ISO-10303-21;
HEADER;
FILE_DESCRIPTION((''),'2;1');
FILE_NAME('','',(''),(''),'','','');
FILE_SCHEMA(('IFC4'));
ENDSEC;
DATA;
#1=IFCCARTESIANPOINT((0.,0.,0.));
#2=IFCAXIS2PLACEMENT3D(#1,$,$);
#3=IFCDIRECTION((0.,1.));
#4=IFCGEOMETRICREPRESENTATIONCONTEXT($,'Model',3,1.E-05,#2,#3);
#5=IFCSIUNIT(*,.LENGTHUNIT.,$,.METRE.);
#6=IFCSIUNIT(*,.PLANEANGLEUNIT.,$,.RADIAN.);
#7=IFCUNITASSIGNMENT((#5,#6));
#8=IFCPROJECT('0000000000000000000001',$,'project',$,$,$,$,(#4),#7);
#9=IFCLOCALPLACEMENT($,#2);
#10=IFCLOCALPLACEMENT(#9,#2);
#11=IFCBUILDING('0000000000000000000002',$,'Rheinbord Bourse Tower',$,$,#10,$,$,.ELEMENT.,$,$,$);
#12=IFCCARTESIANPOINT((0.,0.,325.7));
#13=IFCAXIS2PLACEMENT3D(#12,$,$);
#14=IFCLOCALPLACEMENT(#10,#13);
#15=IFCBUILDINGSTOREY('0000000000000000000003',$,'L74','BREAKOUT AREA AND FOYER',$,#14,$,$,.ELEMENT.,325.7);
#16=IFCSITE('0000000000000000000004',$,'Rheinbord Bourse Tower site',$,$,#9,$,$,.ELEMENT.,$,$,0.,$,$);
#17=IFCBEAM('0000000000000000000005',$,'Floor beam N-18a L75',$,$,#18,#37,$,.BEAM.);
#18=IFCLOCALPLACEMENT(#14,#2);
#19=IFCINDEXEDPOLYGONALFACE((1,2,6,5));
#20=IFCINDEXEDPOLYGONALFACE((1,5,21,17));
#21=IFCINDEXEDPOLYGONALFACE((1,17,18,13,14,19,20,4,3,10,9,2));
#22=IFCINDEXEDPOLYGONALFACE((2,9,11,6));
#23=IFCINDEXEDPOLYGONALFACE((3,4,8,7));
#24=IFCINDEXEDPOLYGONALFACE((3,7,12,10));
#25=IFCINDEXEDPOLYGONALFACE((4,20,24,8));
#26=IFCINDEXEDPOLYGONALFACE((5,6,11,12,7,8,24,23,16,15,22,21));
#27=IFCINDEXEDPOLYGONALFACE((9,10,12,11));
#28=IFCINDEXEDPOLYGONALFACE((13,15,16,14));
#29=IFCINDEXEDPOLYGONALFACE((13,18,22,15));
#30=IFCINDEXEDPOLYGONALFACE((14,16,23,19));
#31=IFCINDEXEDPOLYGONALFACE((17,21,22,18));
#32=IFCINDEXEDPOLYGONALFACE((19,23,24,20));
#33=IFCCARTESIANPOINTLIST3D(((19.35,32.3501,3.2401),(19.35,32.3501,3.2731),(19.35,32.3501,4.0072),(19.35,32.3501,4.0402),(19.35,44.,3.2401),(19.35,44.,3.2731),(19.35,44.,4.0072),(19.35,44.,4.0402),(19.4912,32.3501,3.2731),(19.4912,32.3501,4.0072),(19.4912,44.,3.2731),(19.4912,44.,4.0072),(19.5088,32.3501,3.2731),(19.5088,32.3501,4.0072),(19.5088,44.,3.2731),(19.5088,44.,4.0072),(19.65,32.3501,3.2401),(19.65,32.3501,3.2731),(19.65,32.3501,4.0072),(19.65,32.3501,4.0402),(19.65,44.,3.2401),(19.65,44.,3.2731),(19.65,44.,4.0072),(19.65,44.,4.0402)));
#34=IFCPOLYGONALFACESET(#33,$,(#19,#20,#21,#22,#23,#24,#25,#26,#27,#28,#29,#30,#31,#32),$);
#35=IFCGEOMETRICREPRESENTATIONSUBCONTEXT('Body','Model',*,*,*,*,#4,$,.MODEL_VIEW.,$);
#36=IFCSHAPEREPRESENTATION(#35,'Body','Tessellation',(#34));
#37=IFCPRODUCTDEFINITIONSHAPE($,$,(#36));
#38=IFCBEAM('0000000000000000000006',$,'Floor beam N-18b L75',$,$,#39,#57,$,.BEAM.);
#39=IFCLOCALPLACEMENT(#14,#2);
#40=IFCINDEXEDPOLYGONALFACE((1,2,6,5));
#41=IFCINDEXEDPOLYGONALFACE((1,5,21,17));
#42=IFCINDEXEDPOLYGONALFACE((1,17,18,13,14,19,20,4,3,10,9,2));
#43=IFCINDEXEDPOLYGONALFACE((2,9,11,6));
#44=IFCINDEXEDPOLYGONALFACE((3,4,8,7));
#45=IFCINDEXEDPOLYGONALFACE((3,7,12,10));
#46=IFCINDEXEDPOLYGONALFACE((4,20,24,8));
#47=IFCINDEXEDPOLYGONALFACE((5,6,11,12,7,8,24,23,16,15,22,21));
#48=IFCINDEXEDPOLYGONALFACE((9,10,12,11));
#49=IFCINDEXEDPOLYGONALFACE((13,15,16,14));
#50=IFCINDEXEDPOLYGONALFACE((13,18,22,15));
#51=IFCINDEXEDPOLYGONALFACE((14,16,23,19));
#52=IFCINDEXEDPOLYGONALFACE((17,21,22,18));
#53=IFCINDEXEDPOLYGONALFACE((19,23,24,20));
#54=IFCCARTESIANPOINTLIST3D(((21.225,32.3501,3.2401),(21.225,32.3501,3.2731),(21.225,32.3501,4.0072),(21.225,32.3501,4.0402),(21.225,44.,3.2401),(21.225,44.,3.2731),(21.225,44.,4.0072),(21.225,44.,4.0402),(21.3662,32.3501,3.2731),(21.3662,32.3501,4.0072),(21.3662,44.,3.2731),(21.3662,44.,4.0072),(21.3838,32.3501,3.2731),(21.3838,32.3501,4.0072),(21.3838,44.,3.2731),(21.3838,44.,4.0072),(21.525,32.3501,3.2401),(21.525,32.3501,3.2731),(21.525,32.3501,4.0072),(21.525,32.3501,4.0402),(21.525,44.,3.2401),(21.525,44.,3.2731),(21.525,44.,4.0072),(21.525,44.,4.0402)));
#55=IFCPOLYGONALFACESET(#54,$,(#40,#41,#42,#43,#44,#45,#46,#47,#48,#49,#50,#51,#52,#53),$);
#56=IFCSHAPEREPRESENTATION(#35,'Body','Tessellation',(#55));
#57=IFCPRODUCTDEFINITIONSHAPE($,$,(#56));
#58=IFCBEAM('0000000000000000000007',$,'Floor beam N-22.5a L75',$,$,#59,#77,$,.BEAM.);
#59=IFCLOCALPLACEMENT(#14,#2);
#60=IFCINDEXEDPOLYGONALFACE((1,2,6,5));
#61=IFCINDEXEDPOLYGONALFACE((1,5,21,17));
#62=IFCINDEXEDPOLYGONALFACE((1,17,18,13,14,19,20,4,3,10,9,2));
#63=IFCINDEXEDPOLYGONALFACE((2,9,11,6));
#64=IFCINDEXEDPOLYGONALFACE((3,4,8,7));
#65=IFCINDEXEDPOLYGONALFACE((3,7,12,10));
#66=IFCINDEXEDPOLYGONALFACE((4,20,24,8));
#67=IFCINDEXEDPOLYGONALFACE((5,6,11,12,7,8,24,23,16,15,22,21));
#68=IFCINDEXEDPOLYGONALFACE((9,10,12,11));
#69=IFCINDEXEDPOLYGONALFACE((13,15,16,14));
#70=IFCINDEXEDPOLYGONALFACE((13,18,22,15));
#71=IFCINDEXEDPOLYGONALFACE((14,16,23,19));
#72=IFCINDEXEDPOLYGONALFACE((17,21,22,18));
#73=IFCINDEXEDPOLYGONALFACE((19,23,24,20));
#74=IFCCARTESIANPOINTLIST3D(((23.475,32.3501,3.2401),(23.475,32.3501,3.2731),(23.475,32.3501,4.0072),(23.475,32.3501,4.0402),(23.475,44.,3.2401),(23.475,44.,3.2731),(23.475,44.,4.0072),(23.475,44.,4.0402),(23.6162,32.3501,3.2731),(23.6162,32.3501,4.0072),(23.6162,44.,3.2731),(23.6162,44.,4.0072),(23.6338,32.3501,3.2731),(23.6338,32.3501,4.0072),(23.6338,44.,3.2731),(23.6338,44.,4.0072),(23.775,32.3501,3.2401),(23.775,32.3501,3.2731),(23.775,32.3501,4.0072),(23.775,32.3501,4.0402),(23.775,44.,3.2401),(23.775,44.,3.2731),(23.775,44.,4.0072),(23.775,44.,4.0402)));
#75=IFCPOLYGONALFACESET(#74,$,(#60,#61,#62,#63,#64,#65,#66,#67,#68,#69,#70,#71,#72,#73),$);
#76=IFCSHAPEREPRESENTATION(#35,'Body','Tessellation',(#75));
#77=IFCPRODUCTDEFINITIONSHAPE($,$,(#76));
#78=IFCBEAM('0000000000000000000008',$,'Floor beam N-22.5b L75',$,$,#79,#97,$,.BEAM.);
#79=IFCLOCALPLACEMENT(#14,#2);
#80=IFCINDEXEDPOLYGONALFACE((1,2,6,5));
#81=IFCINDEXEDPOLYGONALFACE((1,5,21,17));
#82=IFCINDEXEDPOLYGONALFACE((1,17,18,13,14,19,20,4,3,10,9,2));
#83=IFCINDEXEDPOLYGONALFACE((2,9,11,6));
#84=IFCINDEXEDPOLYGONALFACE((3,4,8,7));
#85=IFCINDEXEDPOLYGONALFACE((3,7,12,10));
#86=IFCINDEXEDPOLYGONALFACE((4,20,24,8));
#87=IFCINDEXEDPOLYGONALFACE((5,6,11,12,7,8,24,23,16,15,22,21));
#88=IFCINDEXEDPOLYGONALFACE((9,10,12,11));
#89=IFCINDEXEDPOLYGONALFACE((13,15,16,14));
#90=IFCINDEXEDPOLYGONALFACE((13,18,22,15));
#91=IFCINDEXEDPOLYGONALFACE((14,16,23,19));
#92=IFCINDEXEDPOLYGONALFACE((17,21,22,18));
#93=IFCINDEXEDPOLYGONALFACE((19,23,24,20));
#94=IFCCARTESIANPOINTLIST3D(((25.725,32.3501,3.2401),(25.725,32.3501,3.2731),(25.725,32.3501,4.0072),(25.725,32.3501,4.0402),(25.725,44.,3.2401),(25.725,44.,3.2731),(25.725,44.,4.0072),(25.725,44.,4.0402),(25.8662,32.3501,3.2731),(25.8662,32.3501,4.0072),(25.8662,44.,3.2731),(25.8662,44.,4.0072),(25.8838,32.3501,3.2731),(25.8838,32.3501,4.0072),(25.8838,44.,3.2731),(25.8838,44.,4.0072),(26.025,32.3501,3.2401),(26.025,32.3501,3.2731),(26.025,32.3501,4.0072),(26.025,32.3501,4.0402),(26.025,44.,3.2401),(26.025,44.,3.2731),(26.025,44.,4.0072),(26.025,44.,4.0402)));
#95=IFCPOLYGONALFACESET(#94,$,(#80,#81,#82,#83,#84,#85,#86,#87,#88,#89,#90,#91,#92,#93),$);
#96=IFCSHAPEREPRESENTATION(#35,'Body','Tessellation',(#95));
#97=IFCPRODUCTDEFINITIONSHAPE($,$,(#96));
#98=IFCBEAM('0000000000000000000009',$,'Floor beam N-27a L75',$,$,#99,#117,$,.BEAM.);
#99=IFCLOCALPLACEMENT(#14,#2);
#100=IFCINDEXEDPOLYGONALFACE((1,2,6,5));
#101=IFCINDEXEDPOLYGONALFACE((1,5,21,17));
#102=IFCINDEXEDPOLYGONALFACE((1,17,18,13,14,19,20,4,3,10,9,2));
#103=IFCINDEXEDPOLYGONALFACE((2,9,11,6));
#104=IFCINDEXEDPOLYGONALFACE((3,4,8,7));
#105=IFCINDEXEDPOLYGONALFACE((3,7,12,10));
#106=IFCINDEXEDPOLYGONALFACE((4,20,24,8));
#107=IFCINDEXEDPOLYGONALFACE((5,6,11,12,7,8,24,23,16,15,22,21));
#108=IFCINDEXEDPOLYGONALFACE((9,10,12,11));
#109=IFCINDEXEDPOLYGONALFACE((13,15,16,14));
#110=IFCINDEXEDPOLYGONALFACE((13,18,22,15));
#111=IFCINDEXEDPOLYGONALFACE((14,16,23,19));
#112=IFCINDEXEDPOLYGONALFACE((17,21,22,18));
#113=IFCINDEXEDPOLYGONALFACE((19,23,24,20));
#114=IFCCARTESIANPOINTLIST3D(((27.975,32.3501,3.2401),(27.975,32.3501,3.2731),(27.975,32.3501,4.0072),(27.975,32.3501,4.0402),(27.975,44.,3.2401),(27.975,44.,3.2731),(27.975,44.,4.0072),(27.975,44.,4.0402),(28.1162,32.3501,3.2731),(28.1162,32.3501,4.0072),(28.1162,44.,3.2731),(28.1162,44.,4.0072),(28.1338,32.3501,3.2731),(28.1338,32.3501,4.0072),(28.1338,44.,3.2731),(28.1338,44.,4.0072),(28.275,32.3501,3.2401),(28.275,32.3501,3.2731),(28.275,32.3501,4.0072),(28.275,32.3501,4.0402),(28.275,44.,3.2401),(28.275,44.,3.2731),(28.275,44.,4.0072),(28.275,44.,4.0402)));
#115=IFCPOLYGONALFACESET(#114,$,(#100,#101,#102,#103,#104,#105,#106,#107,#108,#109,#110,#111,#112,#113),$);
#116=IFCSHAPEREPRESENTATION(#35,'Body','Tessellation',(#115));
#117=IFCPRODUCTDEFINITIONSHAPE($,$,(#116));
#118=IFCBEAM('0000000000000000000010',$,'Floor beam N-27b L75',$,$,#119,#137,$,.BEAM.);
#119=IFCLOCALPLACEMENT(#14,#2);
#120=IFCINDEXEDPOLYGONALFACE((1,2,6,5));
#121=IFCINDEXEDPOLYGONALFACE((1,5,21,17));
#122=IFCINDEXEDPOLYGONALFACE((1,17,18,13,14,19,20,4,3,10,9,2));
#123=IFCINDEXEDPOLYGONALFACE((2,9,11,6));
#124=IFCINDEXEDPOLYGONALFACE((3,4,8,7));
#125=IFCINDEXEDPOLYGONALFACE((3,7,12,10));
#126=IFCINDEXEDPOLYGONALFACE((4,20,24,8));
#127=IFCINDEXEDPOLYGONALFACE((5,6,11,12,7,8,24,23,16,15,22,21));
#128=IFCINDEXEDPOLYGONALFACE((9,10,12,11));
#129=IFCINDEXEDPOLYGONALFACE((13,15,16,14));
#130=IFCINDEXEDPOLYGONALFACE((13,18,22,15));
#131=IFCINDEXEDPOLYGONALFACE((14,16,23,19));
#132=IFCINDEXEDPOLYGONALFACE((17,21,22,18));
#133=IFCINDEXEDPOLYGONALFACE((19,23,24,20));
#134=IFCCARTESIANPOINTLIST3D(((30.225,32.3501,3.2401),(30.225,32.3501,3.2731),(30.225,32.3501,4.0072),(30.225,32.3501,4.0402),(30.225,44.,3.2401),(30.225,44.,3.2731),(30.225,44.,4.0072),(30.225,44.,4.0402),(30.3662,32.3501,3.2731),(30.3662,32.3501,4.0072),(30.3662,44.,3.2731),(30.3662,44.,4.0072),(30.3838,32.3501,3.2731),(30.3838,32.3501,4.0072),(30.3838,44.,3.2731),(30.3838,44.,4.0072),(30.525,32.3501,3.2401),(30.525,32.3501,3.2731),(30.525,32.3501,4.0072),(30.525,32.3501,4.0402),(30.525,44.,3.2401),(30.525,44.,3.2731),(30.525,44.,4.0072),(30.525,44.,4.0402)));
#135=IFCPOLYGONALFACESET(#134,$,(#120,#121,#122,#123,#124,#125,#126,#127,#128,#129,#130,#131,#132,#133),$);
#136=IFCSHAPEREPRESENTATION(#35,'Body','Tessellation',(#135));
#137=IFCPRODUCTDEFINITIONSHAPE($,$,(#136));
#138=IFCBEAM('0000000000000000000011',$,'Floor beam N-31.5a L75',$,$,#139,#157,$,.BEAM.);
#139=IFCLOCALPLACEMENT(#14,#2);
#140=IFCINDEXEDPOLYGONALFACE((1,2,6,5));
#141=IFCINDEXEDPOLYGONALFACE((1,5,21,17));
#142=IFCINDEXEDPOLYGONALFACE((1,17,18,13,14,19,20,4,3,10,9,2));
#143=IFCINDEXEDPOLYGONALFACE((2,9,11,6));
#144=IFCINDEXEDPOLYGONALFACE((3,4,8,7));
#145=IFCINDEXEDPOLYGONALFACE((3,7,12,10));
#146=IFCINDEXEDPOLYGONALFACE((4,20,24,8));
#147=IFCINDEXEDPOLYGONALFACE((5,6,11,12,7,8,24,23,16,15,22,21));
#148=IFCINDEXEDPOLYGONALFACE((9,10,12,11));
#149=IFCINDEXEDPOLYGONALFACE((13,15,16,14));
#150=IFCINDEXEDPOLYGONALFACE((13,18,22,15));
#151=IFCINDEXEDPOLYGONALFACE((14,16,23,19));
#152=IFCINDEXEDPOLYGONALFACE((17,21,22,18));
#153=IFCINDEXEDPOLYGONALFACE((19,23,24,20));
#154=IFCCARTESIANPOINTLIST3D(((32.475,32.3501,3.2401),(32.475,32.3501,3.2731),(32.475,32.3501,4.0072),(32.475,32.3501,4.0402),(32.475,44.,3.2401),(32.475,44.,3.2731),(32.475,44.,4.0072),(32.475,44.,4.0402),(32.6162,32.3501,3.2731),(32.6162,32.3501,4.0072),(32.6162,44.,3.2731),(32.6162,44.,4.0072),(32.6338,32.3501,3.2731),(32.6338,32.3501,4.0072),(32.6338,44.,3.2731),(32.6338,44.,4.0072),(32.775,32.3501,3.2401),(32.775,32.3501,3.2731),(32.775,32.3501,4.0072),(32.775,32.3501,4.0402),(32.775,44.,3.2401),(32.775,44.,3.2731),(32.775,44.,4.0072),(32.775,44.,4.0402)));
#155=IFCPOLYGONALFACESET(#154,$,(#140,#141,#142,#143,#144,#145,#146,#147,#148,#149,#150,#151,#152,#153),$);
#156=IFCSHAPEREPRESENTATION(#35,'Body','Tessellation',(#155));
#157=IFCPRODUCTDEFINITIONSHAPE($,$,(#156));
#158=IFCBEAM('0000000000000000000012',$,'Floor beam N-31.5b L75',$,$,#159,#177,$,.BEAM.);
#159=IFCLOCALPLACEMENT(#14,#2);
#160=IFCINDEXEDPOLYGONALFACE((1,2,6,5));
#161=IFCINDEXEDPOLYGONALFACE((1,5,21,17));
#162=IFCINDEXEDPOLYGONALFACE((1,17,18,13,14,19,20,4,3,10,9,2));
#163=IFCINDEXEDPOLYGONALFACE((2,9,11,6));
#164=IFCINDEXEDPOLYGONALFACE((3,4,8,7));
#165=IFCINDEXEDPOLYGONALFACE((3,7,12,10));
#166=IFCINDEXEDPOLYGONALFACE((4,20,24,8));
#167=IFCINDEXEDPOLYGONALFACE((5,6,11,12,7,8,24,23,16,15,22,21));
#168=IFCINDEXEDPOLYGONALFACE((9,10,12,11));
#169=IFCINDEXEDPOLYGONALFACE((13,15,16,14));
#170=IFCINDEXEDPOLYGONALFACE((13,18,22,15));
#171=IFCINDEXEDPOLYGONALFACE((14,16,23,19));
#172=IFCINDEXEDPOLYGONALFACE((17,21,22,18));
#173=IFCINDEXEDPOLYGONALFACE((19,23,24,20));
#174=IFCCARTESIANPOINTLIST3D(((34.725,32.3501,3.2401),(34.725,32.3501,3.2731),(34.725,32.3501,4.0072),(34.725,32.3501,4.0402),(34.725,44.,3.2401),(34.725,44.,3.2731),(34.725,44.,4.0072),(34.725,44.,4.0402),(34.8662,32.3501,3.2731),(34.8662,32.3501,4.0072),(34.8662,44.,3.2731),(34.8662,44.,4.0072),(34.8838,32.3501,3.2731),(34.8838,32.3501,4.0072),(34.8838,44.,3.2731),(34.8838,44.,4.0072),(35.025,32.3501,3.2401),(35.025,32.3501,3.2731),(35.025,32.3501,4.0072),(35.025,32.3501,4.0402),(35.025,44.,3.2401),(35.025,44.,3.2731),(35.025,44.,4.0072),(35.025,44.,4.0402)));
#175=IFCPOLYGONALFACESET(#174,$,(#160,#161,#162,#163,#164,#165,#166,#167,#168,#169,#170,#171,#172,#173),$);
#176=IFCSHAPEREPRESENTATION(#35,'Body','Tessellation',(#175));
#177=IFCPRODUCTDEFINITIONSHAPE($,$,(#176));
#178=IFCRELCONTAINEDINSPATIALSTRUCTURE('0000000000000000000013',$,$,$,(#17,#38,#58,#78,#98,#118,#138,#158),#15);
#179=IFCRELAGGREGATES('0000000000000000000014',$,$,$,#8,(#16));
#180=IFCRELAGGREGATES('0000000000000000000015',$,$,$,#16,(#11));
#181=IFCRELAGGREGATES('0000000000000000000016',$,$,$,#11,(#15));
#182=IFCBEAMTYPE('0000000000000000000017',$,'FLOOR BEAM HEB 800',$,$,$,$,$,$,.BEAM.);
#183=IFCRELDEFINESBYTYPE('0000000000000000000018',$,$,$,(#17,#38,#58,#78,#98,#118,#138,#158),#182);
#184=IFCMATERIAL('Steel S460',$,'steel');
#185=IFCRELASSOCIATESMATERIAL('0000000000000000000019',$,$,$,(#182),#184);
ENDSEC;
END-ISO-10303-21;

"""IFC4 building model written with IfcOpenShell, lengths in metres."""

from ifc_helpers import new_model, si_unit, direction, frame, origin, origin_2d, place, context, subcontext, project, spatial, i_section, extrude, material, material_profile, profile_set, type_object, element, save


model = new_model("IFC4")

# Units and contexts
model_context = context("Model", 3, precision=1e-05, world=origin(), true_north=direction((0.0, 1.0)))
body_context = subcontext(model_context, "Body", "Model", "MODEL_VIEW")
ifc_project = project(units=[si_unit("LENGTHUNIT", "METRE"), si_unit("PLANEANGLEUNIT", "RADIAN")], contexts=[model_context])

# Site, building, storey
site_placement = place(None, origin())
site = spatial("IfcSite", under=ifc_project, at=site_placement, Name="Rheinbord Bourse Tower site", CompositionType="ELEMENT", RefElevation=0.0)
building_placement = place(site_placement, origin())
building = spatial("IfcBuilding", under=site, at=building_placement, Name="Rheinbord Bourse Tower", CompositionType="ELEMENT")
storey_placement = place(building_placement, frame((0.0, 0.0, 325.7)))
storey = spatial("IfcBuildingStorey", under=building, at=storey_placement, Name="L74", Description="BREAKOUT AREA AND FOYER", CompositionType="ELEMENT", Elevation=325.7)

# Beams
ifc_material_1 = material(Name="Steel S460", Category="steel")
ifc_material_profile_1 = material_profile(ifc_material_1, i_section(OverallWidth=0.3, OverallDepth=0.8, WebThickness=0.0176, FlangeThickness=0.033, at=origin_2d()), Name="HEB 800")
ifc_profile_set_1 = profile_set([ifc_material_profile_1], Name="Steel S460")
beam_type_1 = type_object("IfcBeamType", Name="FLOOR BEAM HEB 800", PredefinedType="BEAM", material=ifc_profile_set_1)
for number, where, z_axis, x_axis, name in (
    (1, (19.5, 44.0, 3.6401), (0.0, -1.0, 0.0), (1.0, 0.0, 0.0), "Floor beam N-18a L75"),
    (2, (21.375, 44.0, 3.6401), (0.0, -1.0, 0.0), (1.0, 0.0, 0.0), "Floor beam N-18b L75"),
    (3, (23.625, 44.0, 3.6401), (0.0, -1.0, 0.0), (1.0, 0.0, 0.0), "Floor beam N-22.5a L75"),
    (4, (25.875, 44.0, 3.6401), (0.0, -1.0, 0.0), (1.0, 0.0, 0.0), "Floor beam N-22.5b L75"),
    (5, (28.125, 44.0, 3.6401), (0.0, -1.0, 0.0), (1.0, 0.0, 0.0), "Floor beam N-27a L75"),
    (6, (30.375, 44.0, 3.6401), (0.0, -1.0, 0.0), (1.0, 0.0, 0.0), "Floor beam N-27b L75"),
    (7, (32.625, 44.0, 3.6401), (0.0, -1.0, 0.0), (1.0, 0.0, 0.0), "Floor beam N-31.5a L75"),
    (8, (34.875, 44.0, 3.6401), (0.0, -1.0, 0.0), (1.0, 0.0, 0.0), "Floor beam N-31.5b L75"),
):
    element("IfcBeam", number, at=place(storey_placement, frame(where, z_axis=z_axis, x_axis=x_axis)), inside=storey, type_object=beam_type_1, Name=name, PredefinedType="BEAM", context=body_context, shape_type="SweptSolid", body=[
        extrude(i_section(OverallWidth=0.3, OverallDepth=0.8, WebThickness=0.0176, FlangeThickness=0.033, at=origin_2d()), origin(), (0.0, 0.0, 1.0), 11.6499),
    ])

save(model, "model.ifc")
